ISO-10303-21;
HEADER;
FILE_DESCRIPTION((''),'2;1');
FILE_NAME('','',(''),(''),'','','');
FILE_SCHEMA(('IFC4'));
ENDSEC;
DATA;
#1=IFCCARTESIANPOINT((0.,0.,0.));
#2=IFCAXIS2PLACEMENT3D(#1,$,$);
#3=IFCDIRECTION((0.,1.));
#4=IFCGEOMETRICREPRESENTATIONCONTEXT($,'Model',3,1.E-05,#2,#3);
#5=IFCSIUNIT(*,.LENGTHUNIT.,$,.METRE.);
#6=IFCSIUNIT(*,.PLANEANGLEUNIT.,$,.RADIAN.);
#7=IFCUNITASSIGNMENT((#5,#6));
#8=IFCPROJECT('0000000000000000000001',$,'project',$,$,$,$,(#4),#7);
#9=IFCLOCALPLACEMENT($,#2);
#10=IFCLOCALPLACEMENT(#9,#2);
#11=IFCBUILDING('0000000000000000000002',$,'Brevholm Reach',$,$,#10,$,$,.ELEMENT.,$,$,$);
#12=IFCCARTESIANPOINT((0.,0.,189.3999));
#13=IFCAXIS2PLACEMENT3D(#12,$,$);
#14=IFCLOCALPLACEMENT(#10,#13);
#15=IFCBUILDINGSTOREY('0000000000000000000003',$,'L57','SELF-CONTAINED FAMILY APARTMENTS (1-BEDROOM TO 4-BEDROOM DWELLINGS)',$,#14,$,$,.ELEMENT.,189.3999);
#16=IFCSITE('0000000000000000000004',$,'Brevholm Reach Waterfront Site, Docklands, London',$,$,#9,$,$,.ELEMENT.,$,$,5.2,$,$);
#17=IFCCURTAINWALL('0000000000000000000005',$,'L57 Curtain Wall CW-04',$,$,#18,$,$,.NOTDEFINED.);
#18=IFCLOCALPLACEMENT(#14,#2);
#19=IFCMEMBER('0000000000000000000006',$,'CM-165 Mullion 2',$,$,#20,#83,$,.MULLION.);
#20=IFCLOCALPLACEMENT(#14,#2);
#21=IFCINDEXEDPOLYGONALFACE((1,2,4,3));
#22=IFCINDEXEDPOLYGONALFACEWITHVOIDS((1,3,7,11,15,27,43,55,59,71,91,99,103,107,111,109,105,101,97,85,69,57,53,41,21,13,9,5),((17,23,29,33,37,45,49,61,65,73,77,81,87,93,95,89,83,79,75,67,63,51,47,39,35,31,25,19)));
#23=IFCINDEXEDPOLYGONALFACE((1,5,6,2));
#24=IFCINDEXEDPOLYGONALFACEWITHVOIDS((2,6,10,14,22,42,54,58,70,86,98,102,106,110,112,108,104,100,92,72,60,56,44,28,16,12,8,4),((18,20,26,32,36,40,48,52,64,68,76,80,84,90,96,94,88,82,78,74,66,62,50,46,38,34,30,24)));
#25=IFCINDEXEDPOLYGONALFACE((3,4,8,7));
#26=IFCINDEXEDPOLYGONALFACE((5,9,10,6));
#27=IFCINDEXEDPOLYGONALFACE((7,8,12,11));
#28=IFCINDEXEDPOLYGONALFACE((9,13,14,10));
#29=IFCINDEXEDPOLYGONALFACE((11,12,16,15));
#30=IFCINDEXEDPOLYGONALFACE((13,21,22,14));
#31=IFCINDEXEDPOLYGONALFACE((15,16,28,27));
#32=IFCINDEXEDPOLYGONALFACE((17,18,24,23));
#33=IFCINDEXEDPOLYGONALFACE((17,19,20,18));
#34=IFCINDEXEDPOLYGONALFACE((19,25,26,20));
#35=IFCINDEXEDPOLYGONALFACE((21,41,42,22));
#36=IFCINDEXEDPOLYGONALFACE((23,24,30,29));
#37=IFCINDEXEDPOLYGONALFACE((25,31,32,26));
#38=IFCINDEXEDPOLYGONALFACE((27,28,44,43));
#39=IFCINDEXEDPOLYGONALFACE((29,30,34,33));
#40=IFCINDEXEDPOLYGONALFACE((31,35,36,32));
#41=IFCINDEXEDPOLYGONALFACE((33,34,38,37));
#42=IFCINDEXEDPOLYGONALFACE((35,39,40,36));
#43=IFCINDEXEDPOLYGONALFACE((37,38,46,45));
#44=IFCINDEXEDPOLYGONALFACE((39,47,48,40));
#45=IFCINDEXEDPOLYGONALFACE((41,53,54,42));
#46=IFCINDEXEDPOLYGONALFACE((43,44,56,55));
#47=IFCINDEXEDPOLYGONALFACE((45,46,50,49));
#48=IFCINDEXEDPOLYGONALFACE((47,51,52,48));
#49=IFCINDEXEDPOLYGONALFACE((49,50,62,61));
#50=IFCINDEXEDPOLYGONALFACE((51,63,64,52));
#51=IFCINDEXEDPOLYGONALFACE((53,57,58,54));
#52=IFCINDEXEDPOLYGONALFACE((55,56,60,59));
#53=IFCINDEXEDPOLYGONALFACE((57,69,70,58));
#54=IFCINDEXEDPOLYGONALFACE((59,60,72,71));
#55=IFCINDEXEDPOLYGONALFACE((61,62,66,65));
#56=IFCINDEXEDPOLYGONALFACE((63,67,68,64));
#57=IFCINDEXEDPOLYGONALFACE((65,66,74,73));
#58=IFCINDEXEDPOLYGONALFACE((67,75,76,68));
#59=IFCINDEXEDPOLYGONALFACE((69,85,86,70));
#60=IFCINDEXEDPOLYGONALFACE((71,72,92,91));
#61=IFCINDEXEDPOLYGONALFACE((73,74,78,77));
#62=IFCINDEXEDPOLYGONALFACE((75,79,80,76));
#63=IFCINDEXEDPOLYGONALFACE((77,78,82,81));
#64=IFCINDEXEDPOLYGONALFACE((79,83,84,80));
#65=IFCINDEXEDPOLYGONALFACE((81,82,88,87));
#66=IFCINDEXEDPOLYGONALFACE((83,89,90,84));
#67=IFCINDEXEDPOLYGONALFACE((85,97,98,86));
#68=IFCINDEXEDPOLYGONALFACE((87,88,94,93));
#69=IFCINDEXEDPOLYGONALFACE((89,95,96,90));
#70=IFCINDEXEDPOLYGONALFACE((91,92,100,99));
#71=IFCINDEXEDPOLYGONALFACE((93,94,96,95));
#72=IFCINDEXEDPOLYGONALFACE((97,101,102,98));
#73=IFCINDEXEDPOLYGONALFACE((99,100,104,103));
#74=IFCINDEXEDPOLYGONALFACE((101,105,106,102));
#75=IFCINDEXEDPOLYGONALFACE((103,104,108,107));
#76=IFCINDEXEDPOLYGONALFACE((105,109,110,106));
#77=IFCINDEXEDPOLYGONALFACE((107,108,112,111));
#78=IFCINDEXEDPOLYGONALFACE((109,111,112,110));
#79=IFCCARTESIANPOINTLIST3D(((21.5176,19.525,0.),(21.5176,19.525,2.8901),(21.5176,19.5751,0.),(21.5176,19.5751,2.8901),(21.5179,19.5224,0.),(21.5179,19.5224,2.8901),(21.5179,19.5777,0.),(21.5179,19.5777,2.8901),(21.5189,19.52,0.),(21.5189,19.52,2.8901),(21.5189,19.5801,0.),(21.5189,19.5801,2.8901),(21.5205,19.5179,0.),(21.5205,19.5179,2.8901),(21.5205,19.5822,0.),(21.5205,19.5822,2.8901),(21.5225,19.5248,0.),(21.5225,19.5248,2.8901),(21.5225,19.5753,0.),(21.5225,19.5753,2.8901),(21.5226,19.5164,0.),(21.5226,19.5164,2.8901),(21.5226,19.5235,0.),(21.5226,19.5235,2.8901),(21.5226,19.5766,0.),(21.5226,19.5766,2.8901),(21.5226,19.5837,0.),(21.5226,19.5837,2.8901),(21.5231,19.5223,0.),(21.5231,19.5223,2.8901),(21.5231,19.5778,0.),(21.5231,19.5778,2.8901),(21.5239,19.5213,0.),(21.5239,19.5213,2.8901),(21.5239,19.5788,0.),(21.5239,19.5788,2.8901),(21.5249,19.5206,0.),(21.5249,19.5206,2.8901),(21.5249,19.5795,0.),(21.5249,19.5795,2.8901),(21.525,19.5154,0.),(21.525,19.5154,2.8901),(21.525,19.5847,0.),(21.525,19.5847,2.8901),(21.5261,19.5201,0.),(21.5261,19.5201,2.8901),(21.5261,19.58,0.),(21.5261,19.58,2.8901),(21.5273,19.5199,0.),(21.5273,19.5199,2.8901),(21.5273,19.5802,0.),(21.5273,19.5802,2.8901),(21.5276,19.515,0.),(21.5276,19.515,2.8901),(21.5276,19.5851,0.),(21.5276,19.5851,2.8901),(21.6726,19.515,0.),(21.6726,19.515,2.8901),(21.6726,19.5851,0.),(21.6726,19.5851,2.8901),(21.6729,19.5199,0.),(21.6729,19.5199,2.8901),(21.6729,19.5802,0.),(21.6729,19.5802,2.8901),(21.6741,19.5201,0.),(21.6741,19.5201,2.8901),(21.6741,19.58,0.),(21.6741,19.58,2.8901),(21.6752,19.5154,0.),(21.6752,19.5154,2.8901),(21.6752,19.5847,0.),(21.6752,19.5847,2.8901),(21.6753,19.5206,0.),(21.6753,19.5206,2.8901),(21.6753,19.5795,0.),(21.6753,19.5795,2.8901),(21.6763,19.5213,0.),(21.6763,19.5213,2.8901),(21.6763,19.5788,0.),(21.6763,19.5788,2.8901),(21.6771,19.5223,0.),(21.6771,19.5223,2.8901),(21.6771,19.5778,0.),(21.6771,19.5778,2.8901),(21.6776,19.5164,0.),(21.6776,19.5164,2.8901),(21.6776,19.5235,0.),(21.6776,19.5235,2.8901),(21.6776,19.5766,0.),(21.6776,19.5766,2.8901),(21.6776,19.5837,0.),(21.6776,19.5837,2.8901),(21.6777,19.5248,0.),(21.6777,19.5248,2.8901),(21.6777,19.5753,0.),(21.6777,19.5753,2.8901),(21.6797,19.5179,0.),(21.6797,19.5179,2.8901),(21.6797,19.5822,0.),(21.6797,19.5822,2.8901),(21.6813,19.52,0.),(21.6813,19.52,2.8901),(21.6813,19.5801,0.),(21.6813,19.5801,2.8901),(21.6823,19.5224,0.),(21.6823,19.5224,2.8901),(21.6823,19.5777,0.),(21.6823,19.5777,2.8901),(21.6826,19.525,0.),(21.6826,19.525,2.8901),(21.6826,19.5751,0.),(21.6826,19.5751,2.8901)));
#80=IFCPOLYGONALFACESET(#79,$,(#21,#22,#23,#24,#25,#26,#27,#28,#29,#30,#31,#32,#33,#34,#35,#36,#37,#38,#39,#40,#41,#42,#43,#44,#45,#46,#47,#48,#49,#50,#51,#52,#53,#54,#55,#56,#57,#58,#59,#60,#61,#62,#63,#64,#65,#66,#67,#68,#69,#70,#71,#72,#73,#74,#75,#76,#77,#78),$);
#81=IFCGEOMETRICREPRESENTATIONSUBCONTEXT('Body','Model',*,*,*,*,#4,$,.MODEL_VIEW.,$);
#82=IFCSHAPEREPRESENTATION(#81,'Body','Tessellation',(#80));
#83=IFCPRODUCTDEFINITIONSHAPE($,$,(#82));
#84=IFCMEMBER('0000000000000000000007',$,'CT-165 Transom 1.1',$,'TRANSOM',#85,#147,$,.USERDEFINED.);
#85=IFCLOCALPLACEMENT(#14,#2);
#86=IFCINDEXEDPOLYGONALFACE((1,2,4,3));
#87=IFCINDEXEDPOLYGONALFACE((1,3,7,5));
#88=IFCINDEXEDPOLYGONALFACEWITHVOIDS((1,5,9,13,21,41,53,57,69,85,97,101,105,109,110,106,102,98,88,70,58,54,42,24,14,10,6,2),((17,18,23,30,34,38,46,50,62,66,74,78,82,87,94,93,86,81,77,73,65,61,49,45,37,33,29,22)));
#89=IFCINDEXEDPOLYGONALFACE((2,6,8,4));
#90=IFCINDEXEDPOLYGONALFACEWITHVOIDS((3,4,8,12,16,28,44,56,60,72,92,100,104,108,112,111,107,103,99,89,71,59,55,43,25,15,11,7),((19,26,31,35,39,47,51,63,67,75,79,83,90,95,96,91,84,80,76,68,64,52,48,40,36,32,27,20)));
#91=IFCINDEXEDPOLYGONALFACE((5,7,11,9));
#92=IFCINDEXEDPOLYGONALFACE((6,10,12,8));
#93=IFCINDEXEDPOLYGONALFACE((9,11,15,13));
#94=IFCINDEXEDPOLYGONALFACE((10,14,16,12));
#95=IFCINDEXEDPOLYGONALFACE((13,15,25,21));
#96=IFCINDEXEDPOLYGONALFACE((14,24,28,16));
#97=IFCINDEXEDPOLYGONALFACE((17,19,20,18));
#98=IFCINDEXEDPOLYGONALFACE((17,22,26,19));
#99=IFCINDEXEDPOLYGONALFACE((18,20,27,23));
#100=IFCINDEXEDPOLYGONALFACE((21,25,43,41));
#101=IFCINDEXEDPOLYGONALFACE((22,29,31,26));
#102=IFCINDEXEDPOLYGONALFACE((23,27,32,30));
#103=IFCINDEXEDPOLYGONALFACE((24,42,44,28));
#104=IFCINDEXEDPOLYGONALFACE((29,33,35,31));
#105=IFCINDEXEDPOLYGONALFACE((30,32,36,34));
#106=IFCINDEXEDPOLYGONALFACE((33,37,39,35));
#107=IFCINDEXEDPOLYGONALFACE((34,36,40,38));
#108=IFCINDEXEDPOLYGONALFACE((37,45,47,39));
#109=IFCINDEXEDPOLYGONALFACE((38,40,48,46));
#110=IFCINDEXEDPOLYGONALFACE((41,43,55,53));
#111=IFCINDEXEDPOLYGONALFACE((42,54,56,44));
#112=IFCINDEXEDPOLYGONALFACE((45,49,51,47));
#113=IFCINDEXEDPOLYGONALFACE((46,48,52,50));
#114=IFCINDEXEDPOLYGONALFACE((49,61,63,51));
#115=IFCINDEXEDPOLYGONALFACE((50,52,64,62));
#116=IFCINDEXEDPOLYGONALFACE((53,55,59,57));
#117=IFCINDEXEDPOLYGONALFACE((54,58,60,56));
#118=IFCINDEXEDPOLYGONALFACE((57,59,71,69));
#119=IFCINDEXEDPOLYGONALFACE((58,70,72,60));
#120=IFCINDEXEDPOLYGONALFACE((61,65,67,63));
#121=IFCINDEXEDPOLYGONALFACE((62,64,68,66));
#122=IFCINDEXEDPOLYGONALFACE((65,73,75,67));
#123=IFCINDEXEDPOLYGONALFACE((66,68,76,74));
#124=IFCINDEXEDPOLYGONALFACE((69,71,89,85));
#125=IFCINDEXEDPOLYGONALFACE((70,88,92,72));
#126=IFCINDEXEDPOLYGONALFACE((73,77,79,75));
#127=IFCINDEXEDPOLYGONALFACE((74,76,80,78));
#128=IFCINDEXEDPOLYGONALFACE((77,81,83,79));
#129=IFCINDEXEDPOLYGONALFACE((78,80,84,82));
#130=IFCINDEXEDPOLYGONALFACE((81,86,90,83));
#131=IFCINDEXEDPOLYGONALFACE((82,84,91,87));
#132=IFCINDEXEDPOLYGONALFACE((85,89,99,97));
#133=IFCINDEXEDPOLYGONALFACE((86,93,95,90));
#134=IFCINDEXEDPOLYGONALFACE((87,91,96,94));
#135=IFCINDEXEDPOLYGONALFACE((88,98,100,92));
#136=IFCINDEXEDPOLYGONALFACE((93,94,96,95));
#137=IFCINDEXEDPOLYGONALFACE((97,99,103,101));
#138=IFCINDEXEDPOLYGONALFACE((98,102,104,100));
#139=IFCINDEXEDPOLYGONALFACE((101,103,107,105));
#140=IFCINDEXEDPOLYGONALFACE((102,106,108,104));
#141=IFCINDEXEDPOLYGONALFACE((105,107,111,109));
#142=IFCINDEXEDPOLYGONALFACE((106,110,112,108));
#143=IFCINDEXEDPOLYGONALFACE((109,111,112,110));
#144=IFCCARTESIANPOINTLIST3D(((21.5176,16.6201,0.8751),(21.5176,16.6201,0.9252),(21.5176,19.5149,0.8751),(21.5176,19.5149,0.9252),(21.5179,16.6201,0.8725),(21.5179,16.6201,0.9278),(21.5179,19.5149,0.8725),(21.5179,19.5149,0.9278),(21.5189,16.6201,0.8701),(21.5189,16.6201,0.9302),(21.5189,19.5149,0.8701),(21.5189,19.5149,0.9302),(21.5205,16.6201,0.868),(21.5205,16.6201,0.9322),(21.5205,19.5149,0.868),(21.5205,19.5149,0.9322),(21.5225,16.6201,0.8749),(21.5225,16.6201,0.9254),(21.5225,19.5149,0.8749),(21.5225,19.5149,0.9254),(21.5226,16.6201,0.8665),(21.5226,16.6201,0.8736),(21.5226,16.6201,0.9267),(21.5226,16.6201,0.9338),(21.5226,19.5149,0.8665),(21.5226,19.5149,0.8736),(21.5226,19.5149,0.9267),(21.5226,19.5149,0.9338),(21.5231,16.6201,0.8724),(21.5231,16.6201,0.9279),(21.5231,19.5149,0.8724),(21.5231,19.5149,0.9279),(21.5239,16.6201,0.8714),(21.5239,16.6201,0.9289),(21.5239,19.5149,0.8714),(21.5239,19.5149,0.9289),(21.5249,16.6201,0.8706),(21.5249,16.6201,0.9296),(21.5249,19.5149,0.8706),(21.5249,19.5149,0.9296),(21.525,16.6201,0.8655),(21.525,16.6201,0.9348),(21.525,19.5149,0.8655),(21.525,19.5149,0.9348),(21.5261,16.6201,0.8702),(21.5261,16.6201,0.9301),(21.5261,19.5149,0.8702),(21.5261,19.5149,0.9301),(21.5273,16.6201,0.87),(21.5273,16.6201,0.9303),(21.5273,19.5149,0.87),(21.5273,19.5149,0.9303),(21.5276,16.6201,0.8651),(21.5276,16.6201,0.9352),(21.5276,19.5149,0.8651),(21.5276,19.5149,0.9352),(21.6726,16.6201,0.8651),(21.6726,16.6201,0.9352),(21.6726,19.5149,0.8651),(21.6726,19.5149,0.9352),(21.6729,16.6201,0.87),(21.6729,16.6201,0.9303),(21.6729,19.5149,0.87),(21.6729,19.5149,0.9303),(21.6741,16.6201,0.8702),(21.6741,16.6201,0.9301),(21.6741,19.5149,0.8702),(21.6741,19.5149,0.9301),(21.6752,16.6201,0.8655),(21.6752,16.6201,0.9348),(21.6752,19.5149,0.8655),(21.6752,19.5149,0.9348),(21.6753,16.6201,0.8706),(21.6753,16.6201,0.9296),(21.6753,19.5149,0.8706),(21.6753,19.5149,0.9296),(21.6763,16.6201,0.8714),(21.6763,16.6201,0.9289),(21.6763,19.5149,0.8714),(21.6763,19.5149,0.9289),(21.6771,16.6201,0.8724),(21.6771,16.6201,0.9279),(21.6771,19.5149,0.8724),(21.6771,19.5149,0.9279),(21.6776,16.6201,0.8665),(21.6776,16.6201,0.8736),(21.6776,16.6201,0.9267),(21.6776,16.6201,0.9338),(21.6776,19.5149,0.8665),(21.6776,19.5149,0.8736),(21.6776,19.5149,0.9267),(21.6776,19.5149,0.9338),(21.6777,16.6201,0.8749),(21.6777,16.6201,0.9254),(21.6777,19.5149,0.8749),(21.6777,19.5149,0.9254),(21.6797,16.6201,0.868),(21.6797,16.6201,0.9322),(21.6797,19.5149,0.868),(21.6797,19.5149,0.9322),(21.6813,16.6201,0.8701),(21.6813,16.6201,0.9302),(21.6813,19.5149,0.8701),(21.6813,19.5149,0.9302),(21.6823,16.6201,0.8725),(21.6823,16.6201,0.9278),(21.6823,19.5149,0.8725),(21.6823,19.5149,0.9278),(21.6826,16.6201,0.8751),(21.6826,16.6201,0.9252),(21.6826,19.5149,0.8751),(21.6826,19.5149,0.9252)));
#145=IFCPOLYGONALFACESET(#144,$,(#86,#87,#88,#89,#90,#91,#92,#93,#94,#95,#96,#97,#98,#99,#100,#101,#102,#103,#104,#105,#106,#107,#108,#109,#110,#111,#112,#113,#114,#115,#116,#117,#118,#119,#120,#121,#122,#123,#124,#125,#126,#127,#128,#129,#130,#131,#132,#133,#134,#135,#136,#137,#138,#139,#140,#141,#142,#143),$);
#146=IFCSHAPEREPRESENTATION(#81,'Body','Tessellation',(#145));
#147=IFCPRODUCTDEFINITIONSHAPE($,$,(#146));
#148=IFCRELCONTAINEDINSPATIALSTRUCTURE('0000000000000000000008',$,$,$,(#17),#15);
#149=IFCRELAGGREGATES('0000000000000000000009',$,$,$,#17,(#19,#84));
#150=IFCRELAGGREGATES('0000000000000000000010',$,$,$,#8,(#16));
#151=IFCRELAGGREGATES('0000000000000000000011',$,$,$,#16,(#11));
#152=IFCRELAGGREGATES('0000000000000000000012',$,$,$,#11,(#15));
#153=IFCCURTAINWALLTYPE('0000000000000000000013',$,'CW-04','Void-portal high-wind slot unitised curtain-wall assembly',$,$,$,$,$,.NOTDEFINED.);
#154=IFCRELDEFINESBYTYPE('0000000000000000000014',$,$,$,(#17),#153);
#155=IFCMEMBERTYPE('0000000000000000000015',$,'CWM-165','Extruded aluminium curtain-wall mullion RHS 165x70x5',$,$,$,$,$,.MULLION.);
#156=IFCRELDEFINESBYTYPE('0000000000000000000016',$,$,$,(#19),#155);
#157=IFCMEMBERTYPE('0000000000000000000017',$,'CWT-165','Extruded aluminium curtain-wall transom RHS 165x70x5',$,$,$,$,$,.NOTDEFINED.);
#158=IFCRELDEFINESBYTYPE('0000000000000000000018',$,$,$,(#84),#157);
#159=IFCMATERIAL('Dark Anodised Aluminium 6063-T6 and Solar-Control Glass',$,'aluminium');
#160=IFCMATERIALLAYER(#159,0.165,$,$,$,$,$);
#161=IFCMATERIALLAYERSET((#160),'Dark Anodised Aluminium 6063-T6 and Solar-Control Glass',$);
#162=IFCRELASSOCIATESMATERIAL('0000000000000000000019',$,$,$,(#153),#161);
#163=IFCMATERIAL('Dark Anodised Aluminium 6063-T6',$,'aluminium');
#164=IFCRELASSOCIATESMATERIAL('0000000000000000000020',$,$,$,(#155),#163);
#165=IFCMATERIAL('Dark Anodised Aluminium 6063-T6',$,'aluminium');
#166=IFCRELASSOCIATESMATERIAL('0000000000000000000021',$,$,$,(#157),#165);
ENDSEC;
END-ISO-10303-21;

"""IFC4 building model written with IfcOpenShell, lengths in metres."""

from ifc_helpers import new_model, si_unit, direction, frame, origin, origin_2d, place, context, subcontext, project, spatial, hollow_rectangle, extrude, material, layer, layer_set, material_profile, profile_set, type_object, element, aggregate, save


model = new_model("IFC4")

# Units and contexts
model_context = context("Model", 3, precision=1e-05, world=origin(), true_north=direction((0.0, 1.0)))
body_context = subcontext(model_context, "Body", "Model", "MODEL_VIEW")
ifc_project = project(units=[si_unit("LENGTHUNIT", "METRE"), si_unit("PLANEANGLEUNIT", "RADIAN")], contexts=[model_context])

# Site, building, storey
site_placement = place(None, origin())
site = spatial("IfcSite", under=ifc_project, at=site_placement, Name="Brevholm Reach Waterfront Site, Docklands, London", CompositionType="ELEMENT", RefElevation=5.2)
building_placement = place(site_placement, origin())
building = spatial("IfcBuilding", under=site, at=building_placement, Name="Brevholm Reach", CompositionType="ELEMENT")
storey_placement = place(building_placement, frame((0.0, 0.0, 189.3999)))
storey = spatial("IfcBuildingStorey", under=building, at=storey_placement, Name="L57", Description="SELF-CONTAINED FAMILY APARTMENTS (1-BEDROOM TO 4-BEDROOM DWELLINGS)", CompositionType="ELEMENT", Elevation=189.3999)

# Curtain wall, members
ifc_material_1 = material(Name="Dark Anodised Aluminium 6063-T6 and Solar-Control Glass", Category="aluminium")
ifc_layer_1 = layer(ifc_material_1, 0.165)
ifc_layer_set_1 = layer_set([ifc_layer_1], Name="Dark Anodised Aluminium 6063-T6 and Solar-Control Glass")
curtain_wall_type = type_object("IfcCurtainWallType", Name="CW-04", Description="Void-portal high-wind slot unitised curtain-wall assembly", PredefinedType="NOTDEFINED", material=ifc_layer_set_1)
curtain_wall_placement = place(storey_placement, origin())
curtain_wall = element("IfcCurtainWall", 1, at=curtain_wall_placement, inside=storey, type_object=curtain_wall_type, Name="L57 Curtain Wall CW-04", PredefinedType="NOTDEFINED")
ifc_material_2 = material(Name="Dark Anodised Aluminium 6063-T6", Category="aluminium")
ifc_material_profile_1 = material_profile(ifc_material_2, hollow_rectangle(XDim=0.0701, YDim=0.165, WallThickness=0.0049, InnerFilletRadius=0.0049, OuterFilletRadius=0.01, at=origin_2d()), Name="RHS 165x70x5")
ifc_profile_set_1 = profile_set([ifc_material_profile_1], Name="Dark Anodised Aluminium 6063-T6")
member_type_1 = type_object("IfcMemberType", Name="CWM-165", Description="Extruded aluminium curtain-wall mullion RHS 165x70x5", PredefinedType="MULLION", material=ifc_profile_set_1)
member_1_placement = place(storey_placement, frame((21.6001, 19.55, 0.0), z_axis=(0.0, 0.0, 1.0), x_axis=(0.0, 1.0, 0.0)))
member_1 = element("IfcMember", 2, at=member_1_placement, type_object=member_type_1, Name="CM-165 Mullion 2", PredefinedType="MULLION", context=body_context, shape_type="SweptSolid", body=[
    extrude(hollow_rectangle(XDim=0.0701, YDim=0.165, WallThickness=0.0049, InnerFilletRadius=0.0049, OuterFilletRadius=0.01, at=origin_2d()), origin(), (0.0, 0.0, 1.0), 2.8901),
])
ifc_material_3 = material(Name="Dark Anodised Aluminium 6063-T6", Category="aluminium")
ifc_material_profile_2 = material_profile(ifc_material_3, hollow_rectangle(XDim=0.0701, YDim=0.165, WallThickness=0.0049, InnerFilletRadius=0.0049, OuterFilletRadius=0.01, at=origin_2d()), Name="RHS 165x70x5")
ifc_profile_set_2 = profile_set([ifc_material_profile_2], Name="Dark Anodised Aluminium 6063-T6")
member_type_2 = type_object("IfcMemberType", Name="CWT-165", Description="Extruded aluminium curtain-wall transom RHS 165x70x5", PredefinedType="NOTDEFINED", material=ifc_profile_set_2)
member_2_placement = place(storey_placement, frame((21.6001, 16.6201, 0.9001), z_axis=(0.0, 1.0, 0.0), x_axis=(0.0, 0.0, 1.0)))
member_2 = element("IfcMember", 3, at=member_2_placement, type_object=member_type_2, Name="CT-165 Transom 1.1", ObjectType="TRANSOM", PredefinedType="USERDEFINED", context=body_context, shape_type="SweptSolid", body=[
    extrude(hollow_rectangle(XDim=0.0701, YDim=0.165, WallThickness=0.0049, InnerFilletRadius=0.0049, OuterFilletRadius=0.01, at=origin_2d()), origin(), (0.0, 0.0, 1.0), 2.8948),
])

aggregate(curtain_wall, [member_1, member_2])

save(model, "model.ifc")
